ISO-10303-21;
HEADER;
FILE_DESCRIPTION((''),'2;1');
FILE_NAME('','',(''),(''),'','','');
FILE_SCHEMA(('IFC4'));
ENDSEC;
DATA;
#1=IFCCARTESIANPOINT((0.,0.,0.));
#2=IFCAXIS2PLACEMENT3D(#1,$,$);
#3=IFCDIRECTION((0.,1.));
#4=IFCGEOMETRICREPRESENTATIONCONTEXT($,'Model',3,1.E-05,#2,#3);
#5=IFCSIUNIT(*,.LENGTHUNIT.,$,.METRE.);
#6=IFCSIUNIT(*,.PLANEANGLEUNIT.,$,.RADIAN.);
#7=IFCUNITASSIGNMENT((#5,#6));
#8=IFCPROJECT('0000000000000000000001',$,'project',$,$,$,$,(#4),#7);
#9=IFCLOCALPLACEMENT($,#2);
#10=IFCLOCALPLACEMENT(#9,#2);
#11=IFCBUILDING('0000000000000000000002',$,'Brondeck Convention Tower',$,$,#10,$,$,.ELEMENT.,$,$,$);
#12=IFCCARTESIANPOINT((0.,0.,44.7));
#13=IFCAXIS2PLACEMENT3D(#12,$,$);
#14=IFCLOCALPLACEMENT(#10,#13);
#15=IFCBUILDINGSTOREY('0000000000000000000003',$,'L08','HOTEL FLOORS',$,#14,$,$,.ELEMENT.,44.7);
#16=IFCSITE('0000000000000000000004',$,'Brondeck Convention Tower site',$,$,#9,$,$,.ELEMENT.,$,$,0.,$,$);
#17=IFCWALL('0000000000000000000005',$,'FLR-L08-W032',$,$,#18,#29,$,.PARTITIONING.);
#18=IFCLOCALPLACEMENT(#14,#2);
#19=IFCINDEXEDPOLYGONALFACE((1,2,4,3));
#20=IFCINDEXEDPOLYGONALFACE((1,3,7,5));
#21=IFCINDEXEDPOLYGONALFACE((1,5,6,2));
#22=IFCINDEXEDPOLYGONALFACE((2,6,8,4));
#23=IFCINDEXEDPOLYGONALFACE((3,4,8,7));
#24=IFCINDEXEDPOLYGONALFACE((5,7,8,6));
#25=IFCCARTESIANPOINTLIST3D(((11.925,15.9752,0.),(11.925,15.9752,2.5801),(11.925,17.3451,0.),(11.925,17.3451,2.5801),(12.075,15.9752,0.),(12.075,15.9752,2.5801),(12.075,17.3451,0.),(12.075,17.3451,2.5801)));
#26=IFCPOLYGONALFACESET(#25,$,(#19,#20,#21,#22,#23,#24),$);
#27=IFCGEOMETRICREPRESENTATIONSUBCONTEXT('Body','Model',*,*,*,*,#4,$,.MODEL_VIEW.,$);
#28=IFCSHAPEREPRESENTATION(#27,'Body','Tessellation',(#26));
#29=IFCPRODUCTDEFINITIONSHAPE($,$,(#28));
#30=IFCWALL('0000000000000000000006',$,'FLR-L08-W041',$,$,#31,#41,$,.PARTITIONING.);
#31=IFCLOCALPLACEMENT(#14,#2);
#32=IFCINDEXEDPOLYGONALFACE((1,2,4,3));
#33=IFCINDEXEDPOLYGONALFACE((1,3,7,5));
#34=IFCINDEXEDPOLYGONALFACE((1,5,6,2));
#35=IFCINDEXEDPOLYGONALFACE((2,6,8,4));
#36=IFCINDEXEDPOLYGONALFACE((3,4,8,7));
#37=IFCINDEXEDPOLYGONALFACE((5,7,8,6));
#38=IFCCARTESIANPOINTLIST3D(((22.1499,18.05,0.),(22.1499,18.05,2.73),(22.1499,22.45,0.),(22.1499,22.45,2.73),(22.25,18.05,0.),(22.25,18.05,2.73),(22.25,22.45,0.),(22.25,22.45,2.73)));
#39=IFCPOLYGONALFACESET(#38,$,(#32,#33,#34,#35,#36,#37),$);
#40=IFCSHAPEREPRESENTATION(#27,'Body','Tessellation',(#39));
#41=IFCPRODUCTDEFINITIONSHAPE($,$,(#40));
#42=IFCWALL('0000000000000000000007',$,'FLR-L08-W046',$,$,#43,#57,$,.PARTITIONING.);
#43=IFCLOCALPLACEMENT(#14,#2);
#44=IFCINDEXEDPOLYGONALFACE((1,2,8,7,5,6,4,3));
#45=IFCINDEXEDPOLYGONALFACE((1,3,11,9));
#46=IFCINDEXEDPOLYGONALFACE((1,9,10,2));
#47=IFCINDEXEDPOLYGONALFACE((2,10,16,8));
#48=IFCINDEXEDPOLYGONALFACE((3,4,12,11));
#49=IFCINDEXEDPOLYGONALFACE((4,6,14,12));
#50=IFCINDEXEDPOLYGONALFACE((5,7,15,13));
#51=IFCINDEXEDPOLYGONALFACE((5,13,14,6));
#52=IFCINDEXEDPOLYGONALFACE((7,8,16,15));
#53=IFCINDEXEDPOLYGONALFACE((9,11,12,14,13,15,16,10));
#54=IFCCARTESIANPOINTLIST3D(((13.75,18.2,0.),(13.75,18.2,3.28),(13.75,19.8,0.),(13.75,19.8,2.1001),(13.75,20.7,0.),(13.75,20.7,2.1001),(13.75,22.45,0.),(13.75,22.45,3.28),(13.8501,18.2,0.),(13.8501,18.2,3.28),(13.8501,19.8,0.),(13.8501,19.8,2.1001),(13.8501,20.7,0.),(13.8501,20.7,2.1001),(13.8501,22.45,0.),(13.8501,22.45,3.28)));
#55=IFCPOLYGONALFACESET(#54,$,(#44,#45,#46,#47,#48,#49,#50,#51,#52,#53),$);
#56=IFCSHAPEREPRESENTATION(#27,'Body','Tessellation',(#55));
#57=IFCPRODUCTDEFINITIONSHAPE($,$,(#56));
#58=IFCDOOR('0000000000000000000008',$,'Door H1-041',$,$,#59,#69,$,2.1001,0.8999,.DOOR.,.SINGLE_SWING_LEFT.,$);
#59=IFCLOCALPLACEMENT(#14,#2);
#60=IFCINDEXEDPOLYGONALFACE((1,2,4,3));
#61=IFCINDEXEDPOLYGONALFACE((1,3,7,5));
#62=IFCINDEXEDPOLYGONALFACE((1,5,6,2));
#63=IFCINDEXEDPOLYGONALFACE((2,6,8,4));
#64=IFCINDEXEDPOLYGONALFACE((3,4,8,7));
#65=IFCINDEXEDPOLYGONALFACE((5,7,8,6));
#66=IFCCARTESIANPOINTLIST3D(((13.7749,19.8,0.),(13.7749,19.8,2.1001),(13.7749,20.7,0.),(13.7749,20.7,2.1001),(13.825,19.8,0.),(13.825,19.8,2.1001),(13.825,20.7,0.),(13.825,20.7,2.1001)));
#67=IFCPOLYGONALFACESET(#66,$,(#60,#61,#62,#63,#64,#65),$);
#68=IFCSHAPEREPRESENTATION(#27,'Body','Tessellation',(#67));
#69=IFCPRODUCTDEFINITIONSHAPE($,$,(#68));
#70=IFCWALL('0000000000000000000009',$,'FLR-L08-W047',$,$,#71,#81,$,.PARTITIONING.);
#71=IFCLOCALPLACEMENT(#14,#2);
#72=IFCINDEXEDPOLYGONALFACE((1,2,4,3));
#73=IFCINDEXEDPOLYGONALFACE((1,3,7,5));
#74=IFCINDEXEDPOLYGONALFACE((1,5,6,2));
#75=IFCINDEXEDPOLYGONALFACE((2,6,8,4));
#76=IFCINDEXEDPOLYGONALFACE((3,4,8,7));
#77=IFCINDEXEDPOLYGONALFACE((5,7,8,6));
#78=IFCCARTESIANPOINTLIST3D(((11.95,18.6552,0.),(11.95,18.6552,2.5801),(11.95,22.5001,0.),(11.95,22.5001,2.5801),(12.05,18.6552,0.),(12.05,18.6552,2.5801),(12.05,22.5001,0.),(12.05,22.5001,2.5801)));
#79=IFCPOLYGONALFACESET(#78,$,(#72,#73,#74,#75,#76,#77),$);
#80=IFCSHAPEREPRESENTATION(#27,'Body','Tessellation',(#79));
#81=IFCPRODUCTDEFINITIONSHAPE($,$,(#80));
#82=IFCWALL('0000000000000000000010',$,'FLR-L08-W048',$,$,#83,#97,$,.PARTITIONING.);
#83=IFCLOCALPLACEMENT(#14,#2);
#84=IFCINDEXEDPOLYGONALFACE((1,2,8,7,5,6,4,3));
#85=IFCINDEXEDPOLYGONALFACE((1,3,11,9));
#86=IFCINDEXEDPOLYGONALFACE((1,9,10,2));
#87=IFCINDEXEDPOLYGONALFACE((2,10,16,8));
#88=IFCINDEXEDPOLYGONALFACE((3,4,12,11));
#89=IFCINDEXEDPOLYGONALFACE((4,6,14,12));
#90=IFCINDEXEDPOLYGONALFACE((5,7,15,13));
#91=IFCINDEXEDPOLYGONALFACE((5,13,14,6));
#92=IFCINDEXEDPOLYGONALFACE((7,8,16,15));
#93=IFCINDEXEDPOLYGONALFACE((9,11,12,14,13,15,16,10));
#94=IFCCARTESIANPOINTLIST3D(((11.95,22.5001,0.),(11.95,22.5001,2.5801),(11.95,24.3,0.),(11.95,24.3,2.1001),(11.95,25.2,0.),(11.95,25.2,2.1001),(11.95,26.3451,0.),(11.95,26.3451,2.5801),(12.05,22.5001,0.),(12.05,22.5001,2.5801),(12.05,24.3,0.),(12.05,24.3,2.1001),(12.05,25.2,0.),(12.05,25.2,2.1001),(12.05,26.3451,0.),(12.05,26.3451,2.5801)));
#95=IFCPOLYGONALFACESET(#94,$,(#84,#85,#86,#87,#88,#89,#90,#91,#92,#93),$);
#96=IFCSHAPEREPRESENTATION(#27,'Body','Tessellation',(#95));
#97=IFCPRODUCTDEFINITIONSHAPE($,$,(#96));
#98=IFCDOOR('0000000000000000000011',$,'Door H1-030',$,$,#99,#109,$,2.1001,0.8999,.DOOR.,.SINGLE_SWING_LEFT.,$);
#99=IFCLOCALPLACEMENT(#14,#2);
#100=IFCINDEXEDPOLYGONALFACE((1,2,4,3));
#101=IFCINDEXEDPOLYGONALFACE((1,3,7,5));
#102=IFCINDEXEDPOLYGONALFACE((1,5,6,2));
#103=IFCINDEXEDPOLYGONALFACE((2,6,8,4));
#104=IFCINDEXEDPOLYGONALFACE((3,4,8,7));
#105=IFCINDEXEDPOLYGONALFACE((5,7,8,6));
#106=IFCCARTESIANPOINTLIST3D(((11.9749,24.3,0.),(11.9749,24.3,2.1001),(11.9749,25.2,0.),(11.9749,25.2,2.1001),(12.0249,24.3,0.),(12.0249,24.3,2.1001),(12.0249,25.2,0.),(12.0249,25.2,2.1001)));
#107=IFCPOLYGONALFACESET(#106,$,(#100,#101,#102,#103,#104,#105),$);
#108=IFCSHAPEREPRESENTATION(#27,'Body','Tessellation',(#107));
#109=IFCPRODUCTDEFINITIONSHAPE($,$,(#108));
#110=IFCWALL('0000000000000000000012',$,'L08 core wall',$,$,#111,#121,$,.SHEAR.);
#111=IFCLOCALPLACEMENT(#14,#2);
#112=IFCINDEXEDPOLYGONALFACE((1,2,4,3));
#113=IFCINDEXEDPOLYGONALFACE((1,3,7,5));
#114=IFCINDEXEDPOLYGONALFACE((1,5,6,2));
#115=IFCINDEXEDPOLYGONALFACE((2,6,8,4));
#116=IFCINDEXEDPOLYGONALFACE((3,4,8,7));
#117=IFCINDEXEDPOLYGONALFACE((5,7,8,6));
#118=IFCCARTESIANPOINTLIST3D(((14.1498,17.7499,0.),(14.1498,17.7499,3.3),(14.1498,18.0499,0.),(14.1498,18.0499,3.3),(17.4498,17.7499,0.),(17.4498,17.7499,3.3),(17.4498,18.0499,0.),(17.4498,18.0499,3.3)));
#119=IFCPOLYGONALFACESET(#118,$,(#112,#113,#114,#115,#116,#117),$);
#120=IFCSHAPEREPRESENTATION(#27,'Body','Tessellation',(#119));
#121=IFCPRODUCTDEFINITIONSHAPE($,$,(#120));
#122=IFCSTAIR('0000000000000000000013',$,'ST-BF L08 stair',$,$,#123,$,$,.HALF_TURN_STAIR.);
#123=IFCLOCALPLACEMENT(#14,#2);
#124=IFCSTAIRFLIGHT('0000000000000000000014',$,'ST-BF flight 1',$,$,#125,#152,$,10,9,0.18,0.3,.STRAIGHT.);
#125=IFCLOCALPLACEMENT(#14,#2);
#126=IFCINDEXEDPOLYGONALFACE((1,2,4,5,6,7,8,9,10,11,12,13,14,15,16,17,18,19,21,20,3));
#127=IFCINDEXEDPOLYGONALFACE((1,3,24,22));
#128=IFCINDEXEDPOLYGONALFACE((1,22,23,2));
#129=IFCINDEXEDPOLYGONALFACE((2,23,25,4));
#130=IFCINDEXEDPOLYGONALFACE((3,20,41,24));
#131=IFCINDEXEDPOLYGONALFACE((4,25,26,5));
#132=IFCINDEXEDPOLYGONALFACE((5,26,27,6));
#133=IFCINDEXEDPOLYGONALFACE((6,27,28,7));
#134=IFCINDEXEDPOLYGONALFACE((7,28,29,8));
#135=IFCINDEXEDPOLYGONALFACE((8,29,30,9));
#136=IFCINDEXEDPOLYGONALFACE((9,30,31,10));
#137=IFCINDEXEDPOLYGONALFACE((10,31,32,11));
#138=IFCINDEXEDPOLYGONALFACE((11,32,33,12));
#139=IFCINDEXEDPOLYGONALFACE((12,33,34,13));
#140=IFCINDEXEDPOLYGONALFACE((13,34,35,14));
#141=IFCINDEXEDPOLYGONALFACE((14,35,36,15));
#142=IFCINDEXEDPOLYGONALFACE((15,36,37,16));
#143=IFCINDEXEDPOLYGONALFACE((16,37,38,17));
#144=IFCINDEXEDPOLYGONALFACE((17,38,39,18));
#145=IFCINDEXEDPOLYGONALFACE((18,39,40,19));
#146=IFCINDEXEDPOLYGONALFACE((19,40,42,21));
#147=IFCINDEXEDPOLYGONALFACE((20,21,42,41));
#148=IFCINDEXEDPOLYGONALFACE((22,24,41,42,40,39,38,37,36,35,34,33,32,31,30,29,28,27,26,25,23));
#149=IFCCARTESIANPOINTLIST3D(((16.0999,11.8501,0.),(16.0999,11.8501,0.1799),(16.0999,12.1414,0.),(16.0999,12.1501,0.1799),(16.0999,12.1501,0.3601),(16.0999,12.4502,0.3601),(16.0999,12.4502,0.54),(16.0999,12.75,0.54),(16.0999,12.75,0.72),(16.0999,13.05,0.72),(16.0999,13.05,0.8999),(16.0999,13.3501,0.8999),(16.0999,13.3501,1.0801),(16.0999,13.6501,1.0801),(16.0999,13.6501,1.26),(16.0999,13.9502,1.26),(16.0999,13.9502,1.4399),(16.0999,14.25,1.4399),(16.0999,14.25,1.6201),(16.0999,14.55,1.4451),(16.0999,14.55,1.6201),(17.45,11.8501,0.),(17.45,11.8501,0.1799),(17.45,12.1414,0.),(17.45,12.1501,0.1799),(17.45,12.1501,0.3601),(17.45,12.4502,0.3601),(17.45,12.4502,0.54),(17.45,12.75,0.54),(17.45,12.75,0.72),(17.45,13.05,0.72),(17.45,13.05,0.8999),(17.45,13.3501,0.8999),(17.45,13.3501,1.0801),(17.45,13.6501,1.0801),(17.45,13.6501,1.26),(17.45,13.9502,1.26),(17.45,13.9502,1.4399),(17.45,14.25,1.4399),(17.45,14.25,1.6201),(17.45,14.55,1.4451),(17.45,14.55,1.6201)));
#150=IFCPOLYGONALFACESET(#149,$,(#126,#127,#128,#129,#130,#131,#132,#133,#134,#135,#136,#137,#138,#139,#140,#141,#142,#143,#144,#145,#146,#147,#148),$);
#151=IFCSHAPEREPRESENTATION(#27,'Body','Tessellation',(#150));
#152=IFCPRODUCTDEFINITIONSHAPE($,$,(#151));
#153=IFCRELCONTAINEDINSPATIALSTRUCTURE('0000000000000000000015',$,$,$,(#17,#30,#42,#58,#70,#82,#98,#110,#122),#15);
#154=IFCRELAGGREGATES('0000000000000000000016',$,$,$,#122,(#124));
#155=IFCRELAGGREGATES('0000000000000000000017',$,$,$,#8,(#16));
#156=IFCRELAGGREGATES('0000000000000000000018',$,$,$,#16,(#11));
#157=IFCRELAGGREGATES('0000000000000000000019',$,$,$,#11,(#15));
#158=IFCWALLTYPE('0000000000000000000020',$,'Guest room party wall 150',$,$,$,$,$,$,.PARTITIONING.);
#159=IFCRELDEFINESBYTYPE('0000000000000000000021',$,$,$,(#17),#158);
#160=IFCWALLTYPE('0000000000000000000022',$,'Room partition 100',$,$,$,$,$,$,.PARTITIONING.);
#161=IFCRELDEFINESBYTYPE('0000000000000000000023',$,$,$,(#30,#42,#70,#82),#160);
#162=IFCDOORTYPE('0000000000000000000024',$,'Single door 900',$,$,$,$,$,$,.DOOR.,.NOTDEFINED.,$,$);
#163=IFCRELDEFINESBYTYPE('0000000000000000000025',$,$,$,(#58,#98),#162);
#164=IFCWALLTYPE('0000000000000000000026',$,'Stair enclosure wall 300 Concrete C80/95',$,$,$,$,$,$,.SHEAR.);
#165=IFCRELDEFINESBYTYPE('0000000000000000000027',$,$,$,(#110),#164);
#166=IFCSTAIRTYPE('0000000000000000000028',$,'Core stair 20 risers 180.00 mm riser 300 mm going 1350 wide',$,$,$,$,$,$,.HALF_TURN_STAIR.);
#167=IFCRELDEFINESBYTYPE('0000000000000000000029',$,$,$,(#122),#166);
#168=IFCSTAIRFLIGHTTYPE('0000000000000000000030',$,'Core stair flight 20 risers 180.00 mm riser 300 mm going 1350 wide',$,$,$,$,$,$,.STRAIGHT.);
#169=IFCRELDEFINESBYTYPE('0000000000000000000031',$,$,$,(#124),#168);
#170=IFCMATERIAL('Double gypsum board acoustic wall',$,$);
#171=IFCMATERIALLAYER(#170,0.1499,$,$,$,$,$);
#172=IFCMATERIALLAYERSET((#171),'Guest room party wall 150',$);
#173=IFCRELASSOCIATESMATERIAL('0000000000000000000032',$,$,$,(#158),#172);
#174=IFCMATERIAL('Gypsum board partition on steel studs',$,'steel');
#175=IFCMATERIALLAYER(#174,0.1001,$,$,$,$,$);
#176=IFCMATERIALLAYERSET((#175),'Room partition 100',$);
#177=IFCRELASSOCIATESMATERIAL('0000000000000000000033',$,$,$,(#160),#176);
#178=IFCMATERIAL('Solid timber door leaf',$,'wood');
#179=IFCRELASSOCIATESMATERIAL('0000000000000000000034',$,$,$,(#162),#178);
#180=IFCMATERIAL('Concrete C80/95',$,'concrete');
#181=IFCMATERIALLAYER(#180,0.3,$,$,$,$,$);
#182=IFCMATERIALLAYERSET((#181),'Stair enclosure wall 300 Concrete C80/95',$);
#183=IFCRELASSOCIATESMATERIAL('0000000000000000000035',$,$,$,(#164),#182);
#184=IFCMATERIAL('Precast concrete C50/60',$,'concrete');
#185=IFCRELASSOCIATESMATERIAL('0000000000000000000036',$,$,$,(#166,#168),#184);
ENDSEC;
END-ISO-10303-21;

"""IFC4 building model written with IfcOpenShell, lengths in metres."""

from ifc_helpers import new_model, si_unit, direction, frame, frame_2d, origin, place, context, subcontext, project, spatial, polyline, rectangle, outline, extrude, material, layer, layer_set, type_object, element, fill, aggregate, save


model = new_model("IFC4")

# Units and contexts
model_context = context("Model", 3, precision=1e-05, world=origin(), true_north=direction((0.0, 1.0)))
body_context = subcontext(model_context, "Body", "Model", "MODEL_VIEW")
ifc_project = project(units=[si_unit("LENGTHUNIT", "METRE"), si_unit("PLANEANGLEUNIT", "RADIAN")], contexts=[model_context])

# Site, building, storey
site_placement = place(None, origin())
site = spatial("IfcSite", under=ifc_project, at=site_placement, Name="Brondeck Convention Tower site", CompositionType="ELEMENT", RefElevation=0.0)
building_placement = place(site_placement, origin())
building = spatial("IfcBuilding", under=site, at=building_placement, Name="Brondeck Convention Tower", CompositionType="ELEMENT")
storey_placement = place(building_placement, frame((0.0, 0.0, 44.7)))
storey = spatial("IfcBuildingStorey", under=building, at=storey_placement, Name="L08", Description="HOTEL FLOORS", CompositionType="ELEMENT", Elevation=44.7)

# Shared definitions
ifc_material_1 = material(Name="Concrete C80/95", Category="concrete")

# Shared definitions
ifc_material_2 = material(Name="Double gypsum board acoustic wall")
ifc_layer_1 = layer(ifc_material_2, 0.1499)
ifc_layer_set_1 = layer_set([ifc_layer_1], Name="Guest room party wall 150")
wall_type_1 = type_object("IfcWallType", Name="Guest room party wall 150", PredefinedType="PARTITIONING", material=ifc_layer_set_1)

# Walls
wall_1_placement = place(storey_placement, frame((12.0, 15.9751, 0.0), z_axis=(0.0, 0.0, 1.0), x_axis=(0.0, 1.0, 0.0)))
element("IfcWall", 1, at=wall_1_placement, inside=storey, type_object=wall_type_1, Name="FLR-L08-W032", PredefinedType="PARTITIONING", context=body_context, shape_type="SweptSolid", body=[
    extrude(rectangle(XDim=1.3699, YDim=0.1499, at=frame_2d((0.6851, 0.0))), origin(), (0.0, 0.0, 1.0), 2.5801),
])
ifc_material_3 = material(Name="Gypsum board partition on steel studs", Category="steel")
ifc_layer_2 = layer(ifc_material_3, 0.1001)
ifc_layer_set_2 = layer_set([ifc_layer_2], Name="Room partition 100")
wall_type_2 = type_object("IfcWallType", Name="Room partition 100", PredefinedType="PARTITIONING", material=ifc_layer_set_2)
wall_2_placement = place(storey_placement, frame((22.2, 18.05, 0.0), z_axis=(0.0, 0.0, 1.0), x_axis=(0.0, 1.0, 0.0)))
element("IfcWall", 2, at=wall_2_placement, inside=storey, type_object=wall_type_2, Name="FLR-L08-W041", PredefinedType="PARTITIONING", context=body_context, shape_type="SweptSolid", body=[
    extrude(rectangle(XDim=4.3999, YDim=0.1001, at=frame_2d((2.2, 0.0))), origin(), (0.0, 0.0, 1.0), 2.73),
])

# Wall, opening, door
wall_3_placement = place(storey_placement, frame((13.8, 22.45, 0.0), z_axis=(0.0, 0.0, 1.0), x_axis=(0.0, -1.0, 0.0)))
wall_3 = element("IfcWall", 3, at=wall_3_placement, inside=storey, type_object=wall_type_2, Name="FLR-L08-W046", PredefinedType="PARTITIONING", context=body_context, shape_type="SweptSolid", body=[
    extrude(rectangle(XDim=4.25, YDim=0.1001, at=frame_2d((2.125, 0.0))), origin(), (0.0, 0.0, 1.0), 3.28),
])
opening_1_placement = place(wall_3_placement, frame((1.75, 0.0, 0.0)))
opening_1 = element("IfcOpeningElement", 4, at=opening_1_placement, cuts=wall_3, PredefinedType="OPENING", context=body_context, shape_type="SweptSolid", body=[
    extrude(rectangle(XDim=0.8999, YDim=2.1001, at=frame_2d((0.45, 1.05))), frame((0.0, 0.0601, 0.0), z_axis=(0.0, -1.0, 0.0), x_axis=(1.0, 0.0, 0.0)), (0.0, 0.0, 1.0), 0.1201),
])
ifc_material_4 = material(Name="Solid timber door leaf", Category="wood")
door_type_1 = type_object("IfcDoorType", Name="Single door 900", OperationType="NOTDEFINED", PredefinedType="DOOR", material=ifc_material_4)
door_1_placement = place(opening_1_placement, origin())
door_1 = element("IfcDoor", 5, at=door_1_placement, inside=storey, type_object=door_type_1, Name="Door H1-041", OperationType="SINGLE_SWING_LEFT", OverallHeight=2.1001, OverallWidth=0.8999, PredefinedType="DOOR", context=body_context, shape_type="SweptSolid", body=[
    extrude(rectangle(XDim=0.8999, YDim=2.1001, at=frame_2d((0.45, 1.05))), frame((0.0, 0.0249, 0.0), z_axis=(0.0, -1.0, 0.0), x_axis=(1.0, 0.0, 0.0)), (0.0, 0.0, 1.0), 0.05),
])
fill(opening_1, door_1)

# Wall
wall_4_placement = place(storey_placement, frame((12.0, 22.5, 0.0), z_axis=(0.0, 0.0, 1.0), x_axis=(0.0, -1.0, 0.0)))
element("IfcWall", 6, at=wall_4_placement, inside=storey, type_object=wall_type_2, Name="FLR-L08-W047", PredefinedType="PARTITIONING", context=body_context, shape_type="SweptSolid", body=[
    extrude(rectangle(XDim=3.845, YDim=0.1001, at=frame_2d((1.9224, 0.0))), origin(), (0.0, 0.0, 1.0), 2.5801),
])

# Wall, opening, door
wall_5_placement = place(storey_placement, frame((12.0, 26.345, 0.0), z_axis=(0.0, 0.0, 1.0), x_axis=(0.0, -1.0, 0.0)))
wall_5 = element("IfcWall", 7, at=wall_5_placement, inside=storey, type_object=wall_type_2, Name="FLR-L08-W048", PredefinedType="PARTITIONING", context=body_context, shape_type="SweptSolid", body=[
    extrude(rectangle(XDim=3.845, YDim=0.1001, at=frame_2d((1.9224, 0.0))), origin(), (0.0, 0.0, 1.0), 2.5801),
])
opening_2_placement = place(wall_5_placement, frame((1.145, 0.0, 0.0)))
opening_2 = element("IfcOpeningElement", 8, at=opening_2_placement, cuts=wall_5, PredefinedType="OPENING", context=body_context, shape_type="SweptSolid", body=[
    extrude(rectangle(XDim=0.8999, YDim=2.1001, at=frame_2d((0.45, 1.05))), frame((0.0, 0.0601, 0.0), z_axis=(0.0, -1.0, 0.0), x_axis=(1.0, 0.0, 0.0)), (0.0, 0.0, 1.0), 0.1201),
])
door_2_placement = place(opening_2_placement, origin())
door_2 = element("IfcDoor", 9, at=door_2_placement, inside=storey, type_object=door_type_1, Name="Door H1-030", OperationType="SINGLE_SWING_LEFT", OverallHeight=2.1001, OverallWidth=0.8999, PredefinedType="DOOR", context=body_context, shape_type="SweptSolid", body=[
    extrude(rectangle(XDim=0.8999, YDim=2.1001, at=frame_2d((0.45, 1.05))), frame((0.0, 0.0249, 0.0), z_axis=(0.0, -1.0, 0.0), x_axis=(1.0, 0.0, 0.0)), (0.0, 0.0, 1.0), 0.05),
])
fill(opening_2, door_2)

# Wall
ifc_layer_3 = layer(ifc_material_1, 0.3)
ifc_layer_set_3 = layer_set([ifc_layer_3], Name="Stair enclosure wall 300 Concrete C80/95")
wall_type_3 = type_object("IfcWallType", Name="Stair enclosure wall 300 Concrete C80/95", PredefinedType="SHEAR", material=ifc_layer_set_3)
wall_6_placement = place(storey_placement, frame((14.1499, 17.8999, 0.0), z_axis=(0.0, 0.0, 1.0), x_axis=(1.0, 0.0, 0.0)))
element("IfcWall", 10, at=wall_6_placement, inside=storey, type_object=wall_type_3, Name="L08 core wall", PredefinedType="SHEAR", context=body_context, shape_type="SweptSolid", body=[
    extrude(rectangle(XDim=3.3, YDim=0.3, at=frame_2d((1.6499, 0.0))), origin(), (0.0, 0.0, 1.0), 3.3),
])

# Stair, stair flight
ifc_material_5 = material(Name="Precast concrete C50/60", Category="concrete")
stair_type = type_object("IfcStairType", Name="Core stair 20 risers 180.00 mm riser 300 mm going 1350 wide", PredefinedType="HALF_TURN_STAIR", material=ifc_material_5)
stair_placement = place(storey_placement, origin())
stair = element("IfcStair", 11, at=stair_placement, inside=storey, type_object=stair_type, Name="ST-BF L08 stair", PredefinedType="HALF_TURN_STAIR")
stair_flight_type = type_object("IfcStairFlightType", Name="Core stair flight 20 risers 180.00 mm riser 300 mm going 1350 wide", PredefinedType="STRAIGHT", material=ifc_material_5)
stair_flight_1_placement = place(storey_placement, frame((16.7749, 11.8501, 0.0), z_axis=(0.0, 0.0, 1.0), x_axis=(0.0, 1.0, 0.0)))
stair_flight_1 = element("IfcStairFlight", 12, at=stair_flight_1_placement, type_object=stair_flight_type, Name="ST-BF flight 1", NumberOfRisers=10, NumberOfTreads=9, PredefinedType="STRAIGHT", RiserHeight=0.18, TreadLength=0.3, context=body_context, shape_type="SweptSolid", body=[
    extrude(outline(polyline([(0.0, 0.0), (0.0, 0.1799), (0.3, 0.1799), (0.3, 0.3601), (0.6001, 0.3601), (0.6001, 0.54), (0.8999, 0.54), (0.8999, 0.72), (1.2, 0.72), (1.2, 0.8999), (1.5, 0.8999), (1.5, 1.0801), (1.8, 1.0801), (1.8, 1.26), (2.1001, 1.26), (2.1001, 1.4399), (2.3999, 1.4399), (2.3999, 1.6201), (2.7, 1.6201), (2.7, 1.8), (2.7, 1.4451), (0.2913, 0.0), (0.0, 0.0)])), frame((0.0, 0.675, 0.0), z_axis=(0.0, -1.0, 0.0), x_axis=(1.0, 0.0, 0.0)), (0.0, 0.0, 1.0), 1.3501),
])
aggregate(stair, [stair_flight_1])

save(model, "model.ifc")
